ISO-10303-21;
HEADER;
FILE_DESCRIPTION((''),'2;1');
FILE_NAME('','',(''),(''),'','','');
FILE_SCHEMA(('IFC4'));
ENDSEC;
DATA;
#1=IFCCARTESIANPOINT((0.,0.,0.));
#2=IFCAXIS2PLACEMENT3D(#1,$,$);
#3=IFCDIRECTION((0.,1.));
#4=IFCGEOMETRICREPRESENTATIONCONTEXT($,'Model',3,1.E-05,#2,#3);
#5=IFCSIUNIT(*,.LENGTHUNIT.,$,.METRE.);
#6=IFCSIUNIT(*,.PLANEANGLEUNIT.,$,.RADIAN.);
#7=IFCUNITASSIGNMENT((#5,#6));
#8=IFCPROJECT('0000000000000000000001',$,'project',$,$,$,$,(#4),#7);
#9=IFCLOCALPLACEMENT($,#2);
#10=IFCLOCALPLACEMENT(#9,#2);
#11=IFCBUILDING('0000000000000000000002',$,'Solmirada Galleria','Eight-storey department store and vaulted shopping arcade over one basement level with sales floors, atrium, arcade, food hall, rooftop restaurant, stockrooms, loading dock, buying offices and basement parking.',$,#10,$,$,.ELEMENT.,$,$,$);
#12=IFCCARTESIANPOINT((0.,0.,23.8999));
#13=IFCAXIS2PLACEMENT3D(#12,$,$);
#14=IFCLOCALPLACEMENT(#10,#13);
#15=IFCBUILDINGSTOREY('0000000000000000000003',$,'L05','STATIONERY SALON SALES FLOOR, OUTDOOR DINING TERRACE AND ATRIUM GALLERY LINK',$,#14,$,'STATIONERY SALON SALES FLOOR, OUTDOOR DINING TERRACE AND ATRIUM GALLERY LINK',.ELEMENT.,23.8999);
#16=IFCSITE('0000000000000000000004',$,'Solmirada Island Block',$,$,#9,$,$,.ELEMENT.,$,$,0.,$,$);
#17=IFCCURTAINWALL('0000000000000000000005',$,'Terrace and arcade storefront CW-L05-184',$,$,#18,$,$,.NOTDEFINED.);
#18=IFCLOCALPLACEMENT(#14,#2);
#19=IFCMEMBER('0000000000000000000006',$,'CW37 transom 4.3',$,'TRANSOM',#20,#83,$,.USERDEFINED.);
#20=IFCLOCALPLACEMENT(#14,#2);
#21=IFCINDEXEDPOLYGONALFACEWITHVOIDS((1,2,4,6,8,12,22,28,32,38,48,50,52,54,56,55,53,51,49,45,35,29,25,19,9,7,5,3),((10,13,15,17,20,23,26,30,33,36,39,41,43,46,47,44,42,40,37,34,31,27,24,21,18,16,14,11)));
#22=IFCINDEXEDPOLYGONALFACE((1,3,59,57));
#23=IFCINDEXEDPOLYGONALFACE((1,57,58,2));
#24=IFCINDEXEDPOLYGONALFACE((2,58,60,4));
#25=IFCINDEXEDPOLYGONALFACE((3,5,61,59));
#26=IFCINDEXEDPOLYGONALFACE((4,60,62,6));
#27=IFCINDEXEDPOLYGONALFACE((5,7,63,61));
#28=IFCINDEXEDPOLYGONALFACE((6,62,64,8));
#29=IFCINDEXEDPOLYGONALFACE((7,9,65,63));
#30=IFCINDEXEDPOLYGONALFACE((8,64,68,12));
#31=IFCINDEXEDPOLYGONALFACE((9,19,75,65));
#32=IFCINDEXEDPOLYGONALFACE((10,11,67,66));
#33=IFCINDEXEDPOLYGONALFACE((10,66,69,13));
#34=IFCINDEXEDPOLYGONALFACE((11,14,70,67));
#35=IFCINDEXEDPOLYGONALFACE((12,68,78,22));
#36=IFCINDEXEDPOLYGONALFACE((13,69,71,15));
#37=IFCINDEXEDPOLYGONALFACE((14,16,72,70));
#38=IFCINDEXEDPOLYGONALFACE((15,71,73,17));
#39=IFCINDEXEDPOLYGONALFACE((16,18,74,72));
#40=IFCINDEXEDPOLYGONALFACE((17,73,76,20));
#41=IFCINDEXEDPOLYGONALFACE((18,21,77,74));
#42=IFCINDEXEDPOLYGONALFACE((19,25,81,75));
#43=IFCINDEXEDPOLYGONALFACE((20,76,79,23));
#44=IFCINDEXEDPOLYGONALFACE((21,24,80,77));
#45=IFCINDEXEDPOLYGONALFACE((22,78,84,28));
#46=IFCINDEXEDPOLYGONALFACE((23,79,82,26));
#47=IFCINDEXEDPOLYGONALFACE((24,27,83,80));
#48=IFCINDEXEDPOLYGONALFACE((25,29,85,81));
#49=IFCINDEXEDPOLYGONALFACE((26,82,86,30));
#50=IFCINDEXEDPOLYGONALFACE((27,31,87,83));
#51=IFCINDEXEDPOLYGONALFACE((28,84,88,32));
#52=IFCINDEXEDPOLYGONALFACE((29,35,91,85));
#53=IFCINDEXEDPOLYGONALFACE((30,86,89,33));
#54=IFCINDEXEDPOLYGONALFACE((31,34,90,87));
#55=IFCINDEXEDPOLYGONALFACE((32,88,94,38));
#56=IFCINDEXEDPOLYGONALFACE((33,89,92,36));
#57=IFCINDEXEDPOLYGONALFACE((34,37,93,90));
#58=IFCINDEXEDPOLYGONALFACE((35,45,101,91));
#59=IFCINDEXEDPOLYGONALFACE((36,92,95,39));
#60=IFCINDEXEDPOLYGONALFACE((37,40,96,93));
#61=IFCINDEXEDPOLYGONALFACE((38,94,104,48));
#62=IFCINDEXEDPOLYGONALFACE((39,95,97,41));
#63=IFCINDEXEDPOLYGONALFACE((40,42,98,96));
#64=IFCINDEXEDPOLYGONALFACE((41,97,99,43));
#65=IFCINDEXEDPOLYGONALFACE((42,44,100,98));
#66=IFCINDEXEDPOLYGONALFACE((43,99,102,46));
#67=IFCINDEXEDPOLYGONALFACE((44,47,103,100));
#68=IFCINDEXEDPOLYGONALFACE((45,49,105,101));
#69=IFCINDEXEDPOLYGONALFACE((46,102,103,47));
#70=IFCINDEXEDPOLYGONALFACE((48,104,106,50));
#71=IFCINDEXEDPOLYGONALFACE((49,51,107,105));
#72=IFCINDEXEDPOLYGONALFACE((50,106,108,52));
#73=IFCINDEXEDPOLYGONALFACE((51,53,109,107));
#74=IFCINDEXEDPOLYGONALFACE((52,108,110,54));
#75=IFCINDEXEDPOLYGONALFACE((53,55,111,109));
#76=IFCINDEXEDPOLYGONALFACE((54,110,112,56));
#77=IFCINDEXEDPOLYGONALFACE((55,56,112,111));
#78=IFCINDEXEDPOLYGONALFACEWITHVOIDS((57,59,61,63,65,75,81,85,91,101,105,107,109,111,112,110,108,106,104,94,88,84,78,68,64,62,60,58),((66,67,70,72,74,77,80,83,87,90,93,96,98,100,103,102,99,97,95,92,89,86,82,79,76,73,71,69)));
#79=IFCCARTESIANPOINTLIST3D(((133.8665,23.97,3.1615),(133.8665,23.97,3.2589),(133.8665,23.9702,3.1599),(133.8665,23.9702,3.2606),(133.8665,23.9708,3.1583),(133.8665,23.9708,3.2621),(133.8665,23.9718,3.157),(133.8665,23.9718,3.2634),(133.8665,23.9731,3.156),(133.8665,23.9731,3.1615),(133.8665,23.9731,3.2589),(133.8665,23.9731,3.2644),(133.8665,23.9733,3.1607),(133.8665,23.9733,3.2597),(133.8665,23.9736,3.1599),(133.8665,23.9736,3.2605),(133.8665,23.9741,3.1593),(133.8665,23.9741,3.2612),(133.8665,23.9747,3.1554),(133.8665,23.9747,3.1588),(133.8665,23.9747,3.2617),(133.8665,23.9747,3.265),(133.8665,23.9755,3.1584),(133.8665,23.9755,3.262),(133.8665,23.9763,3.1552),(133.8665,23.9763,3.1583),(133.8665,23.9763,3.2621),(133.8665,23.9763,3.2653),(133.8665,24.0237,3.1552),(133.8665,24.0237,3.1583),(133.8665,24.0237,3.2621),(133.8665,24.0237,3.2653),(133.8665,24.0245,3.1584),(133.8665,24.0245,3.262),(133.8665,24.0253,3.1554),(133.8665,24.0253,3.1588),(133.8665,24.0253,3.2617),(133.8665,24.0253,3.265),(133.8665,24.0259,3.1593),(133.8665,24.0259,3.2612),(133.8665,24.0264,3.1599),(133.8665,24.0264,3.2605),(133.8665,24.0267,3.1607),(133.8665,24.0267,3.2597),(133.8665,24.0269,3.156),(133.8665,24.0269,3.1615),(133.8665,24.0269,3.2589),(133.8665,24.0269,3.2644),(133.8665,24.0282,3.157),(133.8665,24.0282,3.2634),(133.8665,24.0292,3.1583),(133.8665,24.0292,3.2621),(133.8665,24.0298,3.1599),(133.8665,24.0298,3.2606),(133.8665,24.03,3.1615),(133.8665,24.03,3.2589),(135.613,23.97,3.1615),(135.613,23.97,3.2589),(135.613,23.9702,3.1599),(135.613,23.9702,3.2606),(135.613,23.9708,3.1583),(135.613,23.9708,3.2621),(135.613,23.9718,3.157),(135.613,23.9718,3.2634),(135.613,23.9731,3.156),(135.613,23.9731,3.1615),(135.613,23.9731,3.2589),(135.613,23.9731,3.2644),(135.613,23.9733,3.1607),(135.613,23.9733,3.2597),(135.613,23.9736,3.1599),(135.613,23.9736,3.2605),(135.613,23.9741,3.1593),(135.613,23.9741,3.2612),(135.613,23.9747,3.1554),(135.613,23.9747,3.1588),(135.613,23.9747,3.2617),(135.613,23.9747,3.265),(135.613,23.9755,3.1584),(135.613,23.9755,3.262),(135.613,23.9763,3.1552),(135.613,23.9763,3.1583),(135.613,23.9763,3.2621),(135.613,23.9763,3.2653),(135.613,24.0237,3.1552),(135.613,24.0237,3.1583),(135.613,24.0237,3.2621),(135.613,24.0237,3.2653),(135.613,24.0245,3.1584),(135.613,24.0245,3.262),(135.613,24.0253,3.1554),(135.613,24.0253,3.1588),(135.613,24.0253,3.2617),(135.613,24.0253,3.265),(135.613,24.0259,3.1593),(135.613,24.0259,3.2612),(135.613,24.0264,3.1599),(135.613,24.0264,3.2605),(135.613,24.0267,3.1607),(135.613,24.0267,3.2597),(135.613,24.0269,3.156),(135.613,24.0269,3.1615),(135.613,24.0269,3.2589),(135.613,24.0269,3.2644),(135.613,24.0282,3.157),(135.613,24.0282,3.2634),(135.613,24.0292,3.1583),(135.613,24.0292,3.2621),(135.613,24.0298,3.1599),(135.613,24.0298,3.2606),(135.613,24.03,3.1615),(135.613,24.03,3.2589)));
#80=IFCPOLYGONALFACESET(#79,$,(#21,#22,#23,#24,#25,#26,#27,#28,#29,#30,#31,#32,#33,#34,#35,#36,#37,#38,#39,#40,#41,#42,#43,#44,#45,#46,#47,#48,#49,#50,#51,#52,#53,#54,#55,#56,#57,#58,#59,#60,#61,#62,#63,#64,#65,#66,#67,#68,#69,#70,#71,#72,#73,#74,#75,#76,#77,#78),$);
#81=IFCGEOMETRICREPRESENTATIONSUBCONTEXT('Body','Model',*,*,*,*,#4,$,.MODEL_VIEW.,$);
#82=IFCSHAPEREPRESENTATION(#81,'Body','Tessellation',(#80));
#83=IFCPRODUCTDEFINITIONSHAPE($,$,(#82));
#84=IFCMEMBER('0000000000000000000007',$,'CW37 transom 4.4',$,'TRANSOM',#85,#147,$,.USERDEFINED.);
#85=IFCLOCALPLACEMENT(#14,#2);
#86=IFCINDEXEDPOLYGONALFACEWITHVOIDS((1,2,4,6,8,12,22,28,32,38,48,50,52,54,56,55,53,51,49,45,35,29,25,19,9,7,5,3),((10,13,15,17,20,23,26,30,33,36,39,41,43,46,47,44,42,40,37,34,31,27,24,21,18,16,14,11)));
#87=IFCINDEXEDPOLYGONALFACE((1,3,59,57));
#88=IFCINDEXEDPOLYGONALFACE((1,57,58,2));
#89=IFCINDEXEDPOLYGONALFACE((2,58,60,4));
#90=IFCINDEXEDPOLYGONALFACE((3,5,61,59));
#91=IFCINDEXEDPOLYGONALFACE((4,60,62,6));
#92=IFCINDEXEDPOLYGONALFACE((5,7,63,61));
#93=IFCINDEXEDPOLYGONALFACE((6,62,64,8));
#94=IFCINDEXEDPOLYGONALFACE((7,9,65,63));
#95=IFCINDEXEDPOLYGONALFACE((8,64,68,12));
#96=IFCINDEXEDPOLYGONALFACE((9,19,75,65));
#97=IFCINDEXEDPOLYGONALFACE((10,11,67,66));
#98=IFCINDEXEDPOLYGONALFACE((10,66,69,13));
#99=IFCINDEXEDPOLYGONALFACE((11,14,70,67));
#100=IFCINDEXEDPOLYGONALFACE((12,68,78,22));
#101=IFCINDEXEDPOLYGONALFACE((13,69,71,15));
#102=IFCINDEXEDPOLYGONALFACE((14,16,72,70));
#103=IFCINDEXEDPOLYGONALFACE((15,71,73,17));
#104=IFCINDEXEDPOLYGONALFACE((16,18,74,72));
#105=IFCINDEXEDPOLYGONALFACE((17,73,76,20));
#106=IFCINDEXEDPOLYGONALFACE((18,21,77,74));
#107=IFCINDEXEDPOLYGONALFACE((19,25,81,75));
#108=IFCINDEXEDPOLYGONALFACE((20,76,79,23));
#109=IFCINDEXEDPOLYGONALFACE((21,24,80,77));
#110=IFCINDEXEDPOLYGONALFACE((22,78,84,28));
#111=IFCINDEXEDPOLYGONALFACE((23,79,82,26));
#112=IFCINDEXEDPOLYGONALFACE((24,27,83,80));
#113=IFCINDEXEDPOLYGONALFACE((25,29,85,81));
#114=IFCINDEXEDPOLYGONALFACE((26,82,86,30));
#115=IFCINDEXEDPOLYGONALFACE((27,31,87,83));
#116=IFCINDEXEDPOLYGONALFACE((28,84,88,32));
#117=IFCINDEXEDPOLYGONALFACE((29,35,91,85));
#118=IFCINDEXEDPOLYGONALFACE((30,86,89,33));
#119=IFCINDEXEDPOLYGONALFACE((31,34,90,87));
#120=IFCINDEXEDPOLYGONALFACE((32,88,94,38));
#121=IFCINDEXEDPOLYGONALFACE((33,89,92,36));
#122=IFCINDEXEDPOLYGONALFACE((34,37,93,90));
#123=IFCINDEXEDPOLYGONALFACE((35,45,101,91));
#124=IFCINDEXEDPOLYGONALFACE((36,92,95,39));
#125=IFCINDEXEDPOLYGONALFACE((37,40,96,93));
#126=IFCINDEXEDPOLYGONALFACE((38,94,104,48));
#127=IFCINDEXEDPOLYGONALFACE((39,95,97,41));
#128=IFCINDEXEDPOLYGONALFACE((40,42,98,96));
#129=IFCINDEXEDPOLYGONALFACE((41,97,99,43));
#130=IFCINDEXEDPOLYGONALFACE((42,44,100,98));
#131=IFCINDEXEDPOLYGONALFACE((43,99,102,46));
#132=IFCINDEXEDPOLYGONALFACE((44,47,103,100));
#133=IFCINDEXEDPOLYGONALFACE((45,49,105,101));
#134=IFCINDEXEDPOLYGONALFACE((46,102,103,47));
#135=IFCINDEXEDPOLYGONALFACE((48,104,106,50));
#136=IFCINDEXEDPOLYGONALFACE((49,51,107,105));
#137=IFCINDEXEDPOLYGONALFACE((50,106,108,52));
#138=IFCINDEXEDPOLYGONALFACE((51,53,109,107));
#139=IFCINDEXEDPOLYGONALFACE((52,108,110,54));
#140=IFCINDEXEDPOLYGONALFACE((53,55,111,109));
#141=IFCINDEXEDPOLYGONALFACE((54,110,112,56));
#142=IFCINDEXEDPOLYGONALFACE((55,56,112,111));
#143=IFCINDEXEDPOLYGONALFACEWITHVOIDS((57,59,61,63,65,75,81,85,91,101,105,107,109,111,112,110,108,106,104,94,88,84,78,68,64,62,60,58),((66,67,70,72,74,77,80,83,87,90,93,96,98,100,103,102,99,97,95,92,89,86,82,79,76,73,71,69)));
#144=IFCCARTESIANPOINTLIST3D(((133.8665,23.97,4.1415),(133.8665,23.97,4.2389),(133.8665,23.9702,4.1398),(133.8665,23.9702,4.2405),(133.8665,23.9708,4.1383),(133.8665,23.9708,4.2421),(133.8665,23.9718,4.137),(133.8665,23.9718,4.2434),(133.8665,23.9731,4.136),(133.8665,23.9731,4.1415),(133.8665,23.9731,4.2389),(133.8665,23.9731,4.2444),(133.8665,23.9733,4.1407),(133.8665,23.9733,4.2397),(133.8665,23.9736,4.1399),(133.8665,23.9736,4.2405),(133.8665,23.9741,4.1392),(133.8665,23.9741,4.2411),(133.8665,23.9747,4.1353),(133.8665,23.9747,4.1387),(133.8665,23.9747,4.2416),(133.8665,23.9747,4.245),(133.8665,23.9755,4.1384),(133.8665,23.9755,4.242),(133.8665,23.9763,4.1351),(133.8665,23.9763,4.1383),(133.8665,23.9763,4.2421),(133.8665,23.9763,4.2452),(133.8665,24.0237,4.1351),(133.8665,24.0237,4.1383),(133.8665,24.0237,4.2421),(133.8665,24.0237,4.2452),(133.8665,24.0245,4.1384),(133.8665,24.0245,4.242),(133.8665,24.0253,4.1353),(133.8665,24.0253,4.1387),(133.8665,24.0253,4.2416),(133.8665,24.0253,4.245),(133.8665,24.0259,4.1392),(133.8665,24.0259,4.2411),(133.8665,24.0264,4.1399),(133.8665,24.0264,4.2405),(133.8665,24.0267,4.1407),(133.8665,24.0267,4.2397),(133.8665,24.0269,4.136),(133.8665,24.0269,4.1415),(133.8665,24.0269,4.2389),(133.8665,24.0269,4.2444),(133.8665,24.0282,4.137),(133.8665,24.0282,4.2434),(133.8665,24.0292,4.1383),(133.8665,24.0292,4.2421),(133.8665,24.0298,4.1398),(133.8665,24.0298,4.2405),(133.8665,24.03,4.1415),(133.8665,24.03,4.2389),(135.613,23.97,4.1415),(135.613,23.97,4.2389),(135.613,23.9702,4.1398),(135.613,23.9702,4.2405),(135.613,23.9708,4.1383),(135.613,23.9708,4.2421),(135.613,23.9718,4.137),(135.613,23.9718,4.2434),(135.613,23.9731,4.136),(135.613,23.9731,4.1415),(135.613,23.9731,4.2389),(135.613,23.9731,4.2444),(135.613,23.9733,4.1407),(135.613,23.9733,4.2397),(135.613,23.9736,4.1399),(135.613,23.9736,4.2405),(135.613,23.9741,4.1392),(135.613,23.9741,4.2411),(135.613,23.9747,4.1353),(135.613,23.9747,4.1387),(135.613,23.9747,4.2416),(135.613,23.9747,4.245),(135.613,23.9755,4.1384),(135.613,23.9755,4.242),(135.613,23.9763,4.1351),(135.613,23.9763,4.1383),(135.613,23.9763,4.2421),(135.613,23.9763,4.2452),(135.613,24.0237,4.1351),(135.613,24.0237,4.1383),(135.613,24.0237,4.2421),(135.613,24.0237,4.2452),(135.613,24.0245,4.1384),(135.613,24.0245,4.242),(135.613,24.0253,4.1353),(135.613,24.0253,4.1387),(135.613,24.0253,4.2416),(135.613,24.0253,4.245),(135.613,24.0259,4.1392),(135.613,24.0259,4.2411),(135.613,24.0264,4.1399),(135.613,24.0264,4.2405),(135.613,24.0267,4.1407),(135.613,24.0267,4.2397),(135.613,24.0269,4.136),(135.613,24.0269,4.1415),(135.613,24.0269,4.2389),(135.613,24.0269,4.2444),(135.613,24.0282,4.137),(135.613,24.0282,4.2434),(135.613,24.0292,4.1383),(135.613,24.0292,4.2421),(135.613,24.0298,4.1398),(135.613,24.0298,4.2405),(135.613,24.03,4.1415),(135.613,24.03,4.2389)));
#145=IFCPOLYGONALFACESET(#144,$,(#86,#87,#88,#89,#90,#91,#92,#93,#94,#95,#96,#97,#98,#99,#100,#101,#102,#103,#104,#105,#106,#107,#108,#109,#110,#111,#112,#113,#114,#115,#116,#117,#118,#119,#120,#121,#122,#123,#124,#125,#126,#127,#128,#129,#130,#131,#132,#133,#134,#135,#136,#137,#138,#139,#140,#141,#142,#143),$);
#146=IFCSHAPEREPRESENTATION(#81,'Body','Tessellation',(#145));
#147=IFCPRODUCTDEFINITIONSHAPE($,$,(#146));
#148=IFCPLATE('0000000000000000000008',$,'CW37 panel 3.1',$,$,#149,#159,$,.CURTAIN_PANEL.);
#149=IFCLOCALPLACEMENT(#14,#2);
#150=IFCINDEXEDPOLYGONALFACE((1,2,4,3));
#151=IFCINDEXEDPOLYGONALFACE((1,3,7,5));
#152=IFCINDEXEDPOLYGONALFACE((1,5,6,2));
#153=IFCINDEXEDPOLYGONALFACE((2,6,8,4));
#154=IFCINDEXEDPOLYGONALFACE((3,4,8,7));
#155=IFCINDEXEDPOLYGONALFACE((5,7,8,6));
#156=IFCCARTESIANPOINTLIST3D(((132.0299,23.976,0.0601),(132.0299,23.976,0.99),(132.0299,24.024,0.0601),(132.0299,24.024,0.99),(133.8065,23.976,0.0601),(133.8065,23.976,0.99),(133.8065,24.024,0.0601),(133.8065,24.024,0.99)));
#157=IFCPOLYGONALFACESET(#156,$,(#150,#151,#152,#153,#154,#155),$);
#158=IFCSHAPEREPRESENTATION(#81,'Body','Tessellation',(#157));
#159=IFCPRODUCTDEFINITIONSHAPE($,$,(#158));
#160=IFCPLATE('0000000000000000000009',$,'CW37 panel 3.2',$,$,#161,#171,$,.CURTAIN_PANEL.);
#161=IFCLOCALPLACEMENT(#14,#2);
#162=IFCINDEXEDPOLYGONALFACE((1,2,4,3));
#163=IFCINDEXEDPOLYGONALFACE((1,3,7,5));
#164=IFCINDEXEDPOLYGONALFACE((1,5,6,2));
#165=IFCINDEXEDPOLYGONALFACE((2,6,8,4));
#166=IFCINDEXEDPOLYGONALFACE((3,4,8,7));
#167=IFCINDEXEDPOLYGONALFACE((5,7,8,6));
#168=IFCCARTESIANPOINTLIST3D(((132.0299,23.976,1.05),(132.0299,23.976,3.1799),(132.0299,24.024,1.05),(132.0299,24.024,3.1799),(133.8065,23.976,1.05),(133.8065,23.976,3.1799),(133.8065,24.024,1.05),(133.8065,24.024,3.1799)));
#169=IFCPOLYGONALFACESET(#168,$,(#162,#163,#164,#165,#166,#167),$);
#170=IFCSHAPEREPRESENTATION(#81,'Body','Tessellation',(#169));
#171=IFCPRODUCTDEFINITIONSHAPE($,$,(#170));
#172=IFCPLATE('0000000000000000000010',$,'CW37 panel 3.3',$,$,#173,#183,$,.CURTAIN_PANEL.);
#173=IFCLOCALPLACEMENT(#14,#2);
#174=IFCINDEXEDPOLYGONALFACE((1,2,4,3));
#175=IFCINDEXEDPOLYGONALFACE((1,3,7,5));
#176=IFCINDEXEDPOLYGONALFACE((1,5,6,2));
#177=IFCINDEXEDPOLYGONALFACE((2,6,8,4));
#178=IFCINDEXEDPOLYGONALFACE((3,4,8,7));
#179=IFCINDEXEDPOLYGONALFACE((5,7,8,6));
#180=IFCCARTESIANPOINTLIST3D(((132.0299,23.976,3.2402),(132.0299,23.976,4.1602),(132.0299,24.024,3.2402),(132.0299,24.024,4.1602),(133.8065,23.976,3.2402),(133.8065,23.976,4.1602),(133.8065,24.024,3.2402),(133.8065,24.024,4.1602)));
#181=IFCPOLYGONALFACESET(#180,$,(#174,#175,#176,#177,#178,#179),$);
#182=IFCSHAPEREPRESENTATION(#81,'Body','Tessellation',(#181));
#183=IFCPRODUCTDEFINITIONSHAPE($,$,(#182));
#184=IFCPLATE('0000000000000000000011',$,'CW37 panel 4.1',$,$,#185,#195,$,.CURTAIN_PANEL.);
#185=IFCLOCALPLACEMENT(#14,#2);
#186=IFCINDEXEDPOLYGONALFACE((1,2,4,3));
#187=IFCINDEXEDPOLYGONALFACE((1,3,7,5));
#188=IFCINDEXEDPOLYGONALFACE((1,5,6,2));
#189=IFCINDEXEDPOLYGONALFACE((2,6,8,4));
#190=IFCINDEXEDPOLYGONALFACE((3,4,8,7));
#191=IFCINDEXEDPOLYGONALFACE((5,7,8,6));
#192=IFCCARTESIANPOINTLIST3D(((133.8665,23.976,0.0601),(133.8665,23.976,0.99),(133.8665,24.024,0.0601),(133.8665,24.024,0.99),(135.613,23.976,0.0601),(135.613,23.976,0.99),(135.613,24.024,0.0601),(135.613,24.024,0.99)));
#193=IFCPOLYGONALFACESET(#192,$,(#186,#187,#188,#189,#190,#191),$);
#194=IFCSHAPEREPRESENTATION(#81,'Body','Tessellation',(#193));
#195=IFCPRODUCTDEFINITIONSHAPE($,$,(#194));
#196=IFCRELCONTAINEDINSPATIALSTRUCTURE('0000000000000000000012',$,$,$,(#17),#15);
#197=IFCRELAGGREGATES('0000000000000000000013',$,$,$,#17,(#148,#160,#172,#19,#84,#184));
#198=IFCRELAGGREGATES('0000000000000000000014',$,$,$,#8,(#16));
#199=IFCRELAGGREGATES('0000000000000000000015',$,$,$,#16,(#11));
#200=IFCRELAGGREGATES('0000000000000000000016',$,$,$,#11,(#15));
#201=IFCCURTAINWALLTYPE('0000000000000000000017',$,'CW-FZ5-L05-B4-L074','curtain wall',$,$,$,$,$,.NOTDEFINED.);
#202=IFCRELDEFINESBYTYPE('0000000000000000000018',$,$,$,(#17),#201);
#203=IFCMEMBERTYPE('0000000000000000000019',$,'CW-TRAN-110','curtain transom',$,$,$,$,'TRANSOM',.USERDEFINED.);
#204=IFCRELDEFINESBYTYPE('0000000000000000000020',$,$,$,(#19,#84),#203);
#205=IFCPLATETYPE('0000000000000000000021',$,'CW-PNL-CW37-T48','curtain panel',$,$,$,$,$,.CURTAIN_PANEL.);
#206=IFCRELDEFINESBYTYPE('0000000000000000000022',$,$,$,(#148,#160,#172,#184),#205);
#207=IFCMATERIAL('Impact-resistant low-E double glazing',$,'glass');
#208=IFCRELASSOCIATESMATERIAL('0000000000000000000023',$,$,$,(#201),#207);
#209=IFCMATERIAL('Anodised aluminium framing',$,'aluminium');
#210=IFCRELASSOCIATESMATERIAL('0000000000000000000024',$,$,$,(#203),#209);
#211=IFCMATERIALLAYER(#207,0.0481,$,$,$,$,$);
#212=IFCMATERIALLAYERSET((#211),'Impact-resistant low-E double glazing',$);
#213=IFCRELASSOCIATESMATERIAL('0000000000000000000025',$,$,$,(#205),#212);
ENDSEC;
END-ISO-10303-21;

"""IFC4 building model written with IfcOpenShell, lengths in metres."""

from ifc_helpers import new_model, si_unit, direction, frame, origin, origin_2d, place, context, subcontext, project, spatial, rectangle, hollow_rectangle, extrude, material, layer, layer_set, material_profile, profile_set, type_object, element, aggregate, save


model = new_model("IFC4")

# Units and contexts
model_context = context("Model", 3, precision=1e-05, world=origin(), true_north=direction((0.0, 1.0)))
body_context = subcontext(model_context, "Body", "Model", "MODEL_VIEW")
ifc_project = project(units=[si_unit("LENGTHUNIT", "METRE"), si_unit("PLANEANGLEUNIT", "RADIAN")], contexts=[model_context])

# Site, building, storey
site_placement = place(None, origin())
site = spatial("IfcSite", under=ifc_project, at=site_placement, Name="Solmirada Island Block", CompositionType="ELEMENT", RefElevation=0.0)
building_placement = place(site_placement, origin())
building = spatial("IfcBuilding", under=site, at=building_placement, Name="Solmirada Galleria", Description="Eight-storey department store and vaulted shopping arcade over one basement level with sales floors, atrium, arcade, food hall, rooftop restaurant, stockrooms, loading dock, buying offices and basement parking.", CompositionType="ELEMENT")
storey_placement = place(building_placement, frame((0.0, 0.0, 23.8999)))
storey = spatial("IfcBuildingStorey", under=building, at=storey_placement, Name="L05", Description="STATIONERY SALON SALES FLOOR, OUTDOOR DINING TERRACE AND ATRIUM GALLERY LINK", LongName="STATIONERY SALON SALES FLOOR, OUTDOOR DINING TERRACE AND ATRIUM GALLERY LINK", CompositionType="ELEMENT", Elevation=23.8999)

# Curtain wall, members, plates
ifc_material_1 = material(Name="Impact-resistant low-E double glazing", Category="glass")
curtain_wall_type = type_object("IfcCurtainWallType", Name="CW-FZ5-L05-B4-L074", Description="curtain wall", PredefinedType="NOTDEFINED", material=ifc_material_1)
curtain_wall_placement = place(storey_placement, origin())
curtain_wall = element("IfcCurtainWall", 1, at=curtain_wall_placement, inside=storey, type_object=curtain_wall_type, Name="Terrace and arcade storefront CW-L05-184", PredefinedType="NOTDEFINED")
ifc_material_2 = material(Name="Anodised aluminium framing", Category="aluminium")
ifc_material_profile_1 = material_profile(ifc_material_2, hollow_rectangle(XDim=0.0601, YDim=0.1101, WallThickness=0.0032, InnerFilletRadius=0.0032, OuterFilletRadius=0.0063, at=origin_2d()), Name="ALU-TRAN-110X60")
ifc_profile_set_1 = profile_set([ifc_material_profile_1], Name="Anodised aluminium framing")
member_type_1 = type_object("IfcMemberType", Name="CW-TRAN-110", Description="curtain transom", ElementType="TRANSOM", PredefinedType="USERDEFINED", material=ifc_profile_set_1)
member_1_placement = place(storey_placement, frame((133.8665, 24.0, 3.2102), z_axis=(1.0, 0.0, 0.0), x_axis=(0.0, 1.0, 0.0)))
member_1 = element("IfcMember", 2, at=member_1_placement, type_object=member_type_1, Name="CW37 transom 4.3", ObjectType="TRANSOM", PredefinedType="USERDEFINED", context=body_context, shape_type="SweptSolid", body=[
    extrude(hollow_rectangle(XDim=0.0601, YDim=0.1101, WallThickness=0.0032, InnerFilletRadius=0.0032, OuterFilletRadius=0.0063, at=origin_2d()), origin(), (0.0, 0.0, 1.0), 1.7466),
])
member_2_placement = place(storey_placement, frame((133.8665, 24.0, 4.1902), z_axis=(1.0, 0.0, 0.0), x_axis=(0.0, 1.0, 0.0)))
member_2 = element("IfcMember", 3, at=member_2_placement, type_object=member_type_1, Name="CW37 transom 4.4", ObjectType="TRANSOM", PredefinedType="USERDEFINED", context=body_context, shape_type="SweptSolid", body=[
    extrude(hollow_rectangle(XDim=0.0601, YDim=0.1101, WallThickness=0.0032, InnerFilletRadius=0.0032, OuterFilletRadius=0.0063, at=origin_2d()), origin(), (0.0, 0.0, 1.0), 1.7466),
])
ifc_layer = layer(ifc_material_1, 0.0481)
ifc_layer_set = layer_set([ifc_layer], Name="Impact-resistant low-E double glazing")
plate_type = type_object("IfcPlateType", Name="CW-PNL-CW37-T48", Description="curtain panel", PredefinedType="CURTAIN_PANEL", material=ifc_layer_set)
plate_1_placement = place(storey_placement, frame((132.9182, 24.0, 0.0601), z_axis=(0.0, 0.0, 1.0), x_axis=(1.0, 0.0, 0.0)))
plate_1 = element("IfcPlate", 4, at=plate_1_placement, type_object=plate_type, Name="CW37 panel 3.1", PredefinedType="CURTAIN_PANEL", context=body_context, shape_type="SweptSolid", body=[
    extrude(rectangle(XDim=1.7766, YDim=0.0481, at=origin_2d()), origin(), (0.0, 0.0, 1.0), 0.9299),
])
plate_2_placement = place(storey_placement, frame((132.9182, 24.0, 1.05), z_axis=(0.0, 0.0, 1.0), x_axis=(1.0, 0.0, 0.0)))
plate_2 = element("IfcPlate", 5, at=plate_2_placement, type_object=plate_type, Name="CW37 panel 3.2", PredefinedType="CURTAIN_PANEL", context=body_context, shape_type="SweptSolid", body=[
    extrude(rectangle(XDim=1.7766, YDim=0.0481, at=origin_2d()), origin(), (0.0, 0.0, 1.0), 2.1299),
])
plate_3_placement = place(storey_placement, frame((132.9182, 24.0, 3.2402), z_axis=(0.0, 0.0, 1.0), x_axis=(1.0, 0.0, 0.0)))
plate_3 = element("IfcPlate", 6, at=plate_3_placement, type_object=plate_type, Name="CW37 panel 3.3", PredefinedType="CURTAIN_PANEL", context=body_context, shape_type="SweptSolid", body=[
    extrude(rectangle(XDim=1.7766, YDim=0.0481, at=origin_2d()), origin(), (0.0, 0.0, 1.0), 0.9199),
])
plate_4_placement = place(storey_placement, frame((134.7397, 24.0, 0.0601), z_axis=(0.0, 0.0, 1.0), x_axis=(1.0, 0.0, 0.0)))
plate_4 = element("IfcPlate", 7, at=plate_4_placement, type_object=plate_type, Name="CW37 panel 4.1", PredefinedType="CURTAIN_PANEL", context=body_context, shape_type="SweptSolid", body=[
    extrude(rectangle(XDim=1.7466, YDim=0.0481, at=origin_2d()), origin(), (0.0, 0.0, 1.0), 0.9299),
])
aggregate(curtain_wall, [plate_1, plate_2, plate_3, member_1, member_2, plate_4])

save(model, "model.ifc")
